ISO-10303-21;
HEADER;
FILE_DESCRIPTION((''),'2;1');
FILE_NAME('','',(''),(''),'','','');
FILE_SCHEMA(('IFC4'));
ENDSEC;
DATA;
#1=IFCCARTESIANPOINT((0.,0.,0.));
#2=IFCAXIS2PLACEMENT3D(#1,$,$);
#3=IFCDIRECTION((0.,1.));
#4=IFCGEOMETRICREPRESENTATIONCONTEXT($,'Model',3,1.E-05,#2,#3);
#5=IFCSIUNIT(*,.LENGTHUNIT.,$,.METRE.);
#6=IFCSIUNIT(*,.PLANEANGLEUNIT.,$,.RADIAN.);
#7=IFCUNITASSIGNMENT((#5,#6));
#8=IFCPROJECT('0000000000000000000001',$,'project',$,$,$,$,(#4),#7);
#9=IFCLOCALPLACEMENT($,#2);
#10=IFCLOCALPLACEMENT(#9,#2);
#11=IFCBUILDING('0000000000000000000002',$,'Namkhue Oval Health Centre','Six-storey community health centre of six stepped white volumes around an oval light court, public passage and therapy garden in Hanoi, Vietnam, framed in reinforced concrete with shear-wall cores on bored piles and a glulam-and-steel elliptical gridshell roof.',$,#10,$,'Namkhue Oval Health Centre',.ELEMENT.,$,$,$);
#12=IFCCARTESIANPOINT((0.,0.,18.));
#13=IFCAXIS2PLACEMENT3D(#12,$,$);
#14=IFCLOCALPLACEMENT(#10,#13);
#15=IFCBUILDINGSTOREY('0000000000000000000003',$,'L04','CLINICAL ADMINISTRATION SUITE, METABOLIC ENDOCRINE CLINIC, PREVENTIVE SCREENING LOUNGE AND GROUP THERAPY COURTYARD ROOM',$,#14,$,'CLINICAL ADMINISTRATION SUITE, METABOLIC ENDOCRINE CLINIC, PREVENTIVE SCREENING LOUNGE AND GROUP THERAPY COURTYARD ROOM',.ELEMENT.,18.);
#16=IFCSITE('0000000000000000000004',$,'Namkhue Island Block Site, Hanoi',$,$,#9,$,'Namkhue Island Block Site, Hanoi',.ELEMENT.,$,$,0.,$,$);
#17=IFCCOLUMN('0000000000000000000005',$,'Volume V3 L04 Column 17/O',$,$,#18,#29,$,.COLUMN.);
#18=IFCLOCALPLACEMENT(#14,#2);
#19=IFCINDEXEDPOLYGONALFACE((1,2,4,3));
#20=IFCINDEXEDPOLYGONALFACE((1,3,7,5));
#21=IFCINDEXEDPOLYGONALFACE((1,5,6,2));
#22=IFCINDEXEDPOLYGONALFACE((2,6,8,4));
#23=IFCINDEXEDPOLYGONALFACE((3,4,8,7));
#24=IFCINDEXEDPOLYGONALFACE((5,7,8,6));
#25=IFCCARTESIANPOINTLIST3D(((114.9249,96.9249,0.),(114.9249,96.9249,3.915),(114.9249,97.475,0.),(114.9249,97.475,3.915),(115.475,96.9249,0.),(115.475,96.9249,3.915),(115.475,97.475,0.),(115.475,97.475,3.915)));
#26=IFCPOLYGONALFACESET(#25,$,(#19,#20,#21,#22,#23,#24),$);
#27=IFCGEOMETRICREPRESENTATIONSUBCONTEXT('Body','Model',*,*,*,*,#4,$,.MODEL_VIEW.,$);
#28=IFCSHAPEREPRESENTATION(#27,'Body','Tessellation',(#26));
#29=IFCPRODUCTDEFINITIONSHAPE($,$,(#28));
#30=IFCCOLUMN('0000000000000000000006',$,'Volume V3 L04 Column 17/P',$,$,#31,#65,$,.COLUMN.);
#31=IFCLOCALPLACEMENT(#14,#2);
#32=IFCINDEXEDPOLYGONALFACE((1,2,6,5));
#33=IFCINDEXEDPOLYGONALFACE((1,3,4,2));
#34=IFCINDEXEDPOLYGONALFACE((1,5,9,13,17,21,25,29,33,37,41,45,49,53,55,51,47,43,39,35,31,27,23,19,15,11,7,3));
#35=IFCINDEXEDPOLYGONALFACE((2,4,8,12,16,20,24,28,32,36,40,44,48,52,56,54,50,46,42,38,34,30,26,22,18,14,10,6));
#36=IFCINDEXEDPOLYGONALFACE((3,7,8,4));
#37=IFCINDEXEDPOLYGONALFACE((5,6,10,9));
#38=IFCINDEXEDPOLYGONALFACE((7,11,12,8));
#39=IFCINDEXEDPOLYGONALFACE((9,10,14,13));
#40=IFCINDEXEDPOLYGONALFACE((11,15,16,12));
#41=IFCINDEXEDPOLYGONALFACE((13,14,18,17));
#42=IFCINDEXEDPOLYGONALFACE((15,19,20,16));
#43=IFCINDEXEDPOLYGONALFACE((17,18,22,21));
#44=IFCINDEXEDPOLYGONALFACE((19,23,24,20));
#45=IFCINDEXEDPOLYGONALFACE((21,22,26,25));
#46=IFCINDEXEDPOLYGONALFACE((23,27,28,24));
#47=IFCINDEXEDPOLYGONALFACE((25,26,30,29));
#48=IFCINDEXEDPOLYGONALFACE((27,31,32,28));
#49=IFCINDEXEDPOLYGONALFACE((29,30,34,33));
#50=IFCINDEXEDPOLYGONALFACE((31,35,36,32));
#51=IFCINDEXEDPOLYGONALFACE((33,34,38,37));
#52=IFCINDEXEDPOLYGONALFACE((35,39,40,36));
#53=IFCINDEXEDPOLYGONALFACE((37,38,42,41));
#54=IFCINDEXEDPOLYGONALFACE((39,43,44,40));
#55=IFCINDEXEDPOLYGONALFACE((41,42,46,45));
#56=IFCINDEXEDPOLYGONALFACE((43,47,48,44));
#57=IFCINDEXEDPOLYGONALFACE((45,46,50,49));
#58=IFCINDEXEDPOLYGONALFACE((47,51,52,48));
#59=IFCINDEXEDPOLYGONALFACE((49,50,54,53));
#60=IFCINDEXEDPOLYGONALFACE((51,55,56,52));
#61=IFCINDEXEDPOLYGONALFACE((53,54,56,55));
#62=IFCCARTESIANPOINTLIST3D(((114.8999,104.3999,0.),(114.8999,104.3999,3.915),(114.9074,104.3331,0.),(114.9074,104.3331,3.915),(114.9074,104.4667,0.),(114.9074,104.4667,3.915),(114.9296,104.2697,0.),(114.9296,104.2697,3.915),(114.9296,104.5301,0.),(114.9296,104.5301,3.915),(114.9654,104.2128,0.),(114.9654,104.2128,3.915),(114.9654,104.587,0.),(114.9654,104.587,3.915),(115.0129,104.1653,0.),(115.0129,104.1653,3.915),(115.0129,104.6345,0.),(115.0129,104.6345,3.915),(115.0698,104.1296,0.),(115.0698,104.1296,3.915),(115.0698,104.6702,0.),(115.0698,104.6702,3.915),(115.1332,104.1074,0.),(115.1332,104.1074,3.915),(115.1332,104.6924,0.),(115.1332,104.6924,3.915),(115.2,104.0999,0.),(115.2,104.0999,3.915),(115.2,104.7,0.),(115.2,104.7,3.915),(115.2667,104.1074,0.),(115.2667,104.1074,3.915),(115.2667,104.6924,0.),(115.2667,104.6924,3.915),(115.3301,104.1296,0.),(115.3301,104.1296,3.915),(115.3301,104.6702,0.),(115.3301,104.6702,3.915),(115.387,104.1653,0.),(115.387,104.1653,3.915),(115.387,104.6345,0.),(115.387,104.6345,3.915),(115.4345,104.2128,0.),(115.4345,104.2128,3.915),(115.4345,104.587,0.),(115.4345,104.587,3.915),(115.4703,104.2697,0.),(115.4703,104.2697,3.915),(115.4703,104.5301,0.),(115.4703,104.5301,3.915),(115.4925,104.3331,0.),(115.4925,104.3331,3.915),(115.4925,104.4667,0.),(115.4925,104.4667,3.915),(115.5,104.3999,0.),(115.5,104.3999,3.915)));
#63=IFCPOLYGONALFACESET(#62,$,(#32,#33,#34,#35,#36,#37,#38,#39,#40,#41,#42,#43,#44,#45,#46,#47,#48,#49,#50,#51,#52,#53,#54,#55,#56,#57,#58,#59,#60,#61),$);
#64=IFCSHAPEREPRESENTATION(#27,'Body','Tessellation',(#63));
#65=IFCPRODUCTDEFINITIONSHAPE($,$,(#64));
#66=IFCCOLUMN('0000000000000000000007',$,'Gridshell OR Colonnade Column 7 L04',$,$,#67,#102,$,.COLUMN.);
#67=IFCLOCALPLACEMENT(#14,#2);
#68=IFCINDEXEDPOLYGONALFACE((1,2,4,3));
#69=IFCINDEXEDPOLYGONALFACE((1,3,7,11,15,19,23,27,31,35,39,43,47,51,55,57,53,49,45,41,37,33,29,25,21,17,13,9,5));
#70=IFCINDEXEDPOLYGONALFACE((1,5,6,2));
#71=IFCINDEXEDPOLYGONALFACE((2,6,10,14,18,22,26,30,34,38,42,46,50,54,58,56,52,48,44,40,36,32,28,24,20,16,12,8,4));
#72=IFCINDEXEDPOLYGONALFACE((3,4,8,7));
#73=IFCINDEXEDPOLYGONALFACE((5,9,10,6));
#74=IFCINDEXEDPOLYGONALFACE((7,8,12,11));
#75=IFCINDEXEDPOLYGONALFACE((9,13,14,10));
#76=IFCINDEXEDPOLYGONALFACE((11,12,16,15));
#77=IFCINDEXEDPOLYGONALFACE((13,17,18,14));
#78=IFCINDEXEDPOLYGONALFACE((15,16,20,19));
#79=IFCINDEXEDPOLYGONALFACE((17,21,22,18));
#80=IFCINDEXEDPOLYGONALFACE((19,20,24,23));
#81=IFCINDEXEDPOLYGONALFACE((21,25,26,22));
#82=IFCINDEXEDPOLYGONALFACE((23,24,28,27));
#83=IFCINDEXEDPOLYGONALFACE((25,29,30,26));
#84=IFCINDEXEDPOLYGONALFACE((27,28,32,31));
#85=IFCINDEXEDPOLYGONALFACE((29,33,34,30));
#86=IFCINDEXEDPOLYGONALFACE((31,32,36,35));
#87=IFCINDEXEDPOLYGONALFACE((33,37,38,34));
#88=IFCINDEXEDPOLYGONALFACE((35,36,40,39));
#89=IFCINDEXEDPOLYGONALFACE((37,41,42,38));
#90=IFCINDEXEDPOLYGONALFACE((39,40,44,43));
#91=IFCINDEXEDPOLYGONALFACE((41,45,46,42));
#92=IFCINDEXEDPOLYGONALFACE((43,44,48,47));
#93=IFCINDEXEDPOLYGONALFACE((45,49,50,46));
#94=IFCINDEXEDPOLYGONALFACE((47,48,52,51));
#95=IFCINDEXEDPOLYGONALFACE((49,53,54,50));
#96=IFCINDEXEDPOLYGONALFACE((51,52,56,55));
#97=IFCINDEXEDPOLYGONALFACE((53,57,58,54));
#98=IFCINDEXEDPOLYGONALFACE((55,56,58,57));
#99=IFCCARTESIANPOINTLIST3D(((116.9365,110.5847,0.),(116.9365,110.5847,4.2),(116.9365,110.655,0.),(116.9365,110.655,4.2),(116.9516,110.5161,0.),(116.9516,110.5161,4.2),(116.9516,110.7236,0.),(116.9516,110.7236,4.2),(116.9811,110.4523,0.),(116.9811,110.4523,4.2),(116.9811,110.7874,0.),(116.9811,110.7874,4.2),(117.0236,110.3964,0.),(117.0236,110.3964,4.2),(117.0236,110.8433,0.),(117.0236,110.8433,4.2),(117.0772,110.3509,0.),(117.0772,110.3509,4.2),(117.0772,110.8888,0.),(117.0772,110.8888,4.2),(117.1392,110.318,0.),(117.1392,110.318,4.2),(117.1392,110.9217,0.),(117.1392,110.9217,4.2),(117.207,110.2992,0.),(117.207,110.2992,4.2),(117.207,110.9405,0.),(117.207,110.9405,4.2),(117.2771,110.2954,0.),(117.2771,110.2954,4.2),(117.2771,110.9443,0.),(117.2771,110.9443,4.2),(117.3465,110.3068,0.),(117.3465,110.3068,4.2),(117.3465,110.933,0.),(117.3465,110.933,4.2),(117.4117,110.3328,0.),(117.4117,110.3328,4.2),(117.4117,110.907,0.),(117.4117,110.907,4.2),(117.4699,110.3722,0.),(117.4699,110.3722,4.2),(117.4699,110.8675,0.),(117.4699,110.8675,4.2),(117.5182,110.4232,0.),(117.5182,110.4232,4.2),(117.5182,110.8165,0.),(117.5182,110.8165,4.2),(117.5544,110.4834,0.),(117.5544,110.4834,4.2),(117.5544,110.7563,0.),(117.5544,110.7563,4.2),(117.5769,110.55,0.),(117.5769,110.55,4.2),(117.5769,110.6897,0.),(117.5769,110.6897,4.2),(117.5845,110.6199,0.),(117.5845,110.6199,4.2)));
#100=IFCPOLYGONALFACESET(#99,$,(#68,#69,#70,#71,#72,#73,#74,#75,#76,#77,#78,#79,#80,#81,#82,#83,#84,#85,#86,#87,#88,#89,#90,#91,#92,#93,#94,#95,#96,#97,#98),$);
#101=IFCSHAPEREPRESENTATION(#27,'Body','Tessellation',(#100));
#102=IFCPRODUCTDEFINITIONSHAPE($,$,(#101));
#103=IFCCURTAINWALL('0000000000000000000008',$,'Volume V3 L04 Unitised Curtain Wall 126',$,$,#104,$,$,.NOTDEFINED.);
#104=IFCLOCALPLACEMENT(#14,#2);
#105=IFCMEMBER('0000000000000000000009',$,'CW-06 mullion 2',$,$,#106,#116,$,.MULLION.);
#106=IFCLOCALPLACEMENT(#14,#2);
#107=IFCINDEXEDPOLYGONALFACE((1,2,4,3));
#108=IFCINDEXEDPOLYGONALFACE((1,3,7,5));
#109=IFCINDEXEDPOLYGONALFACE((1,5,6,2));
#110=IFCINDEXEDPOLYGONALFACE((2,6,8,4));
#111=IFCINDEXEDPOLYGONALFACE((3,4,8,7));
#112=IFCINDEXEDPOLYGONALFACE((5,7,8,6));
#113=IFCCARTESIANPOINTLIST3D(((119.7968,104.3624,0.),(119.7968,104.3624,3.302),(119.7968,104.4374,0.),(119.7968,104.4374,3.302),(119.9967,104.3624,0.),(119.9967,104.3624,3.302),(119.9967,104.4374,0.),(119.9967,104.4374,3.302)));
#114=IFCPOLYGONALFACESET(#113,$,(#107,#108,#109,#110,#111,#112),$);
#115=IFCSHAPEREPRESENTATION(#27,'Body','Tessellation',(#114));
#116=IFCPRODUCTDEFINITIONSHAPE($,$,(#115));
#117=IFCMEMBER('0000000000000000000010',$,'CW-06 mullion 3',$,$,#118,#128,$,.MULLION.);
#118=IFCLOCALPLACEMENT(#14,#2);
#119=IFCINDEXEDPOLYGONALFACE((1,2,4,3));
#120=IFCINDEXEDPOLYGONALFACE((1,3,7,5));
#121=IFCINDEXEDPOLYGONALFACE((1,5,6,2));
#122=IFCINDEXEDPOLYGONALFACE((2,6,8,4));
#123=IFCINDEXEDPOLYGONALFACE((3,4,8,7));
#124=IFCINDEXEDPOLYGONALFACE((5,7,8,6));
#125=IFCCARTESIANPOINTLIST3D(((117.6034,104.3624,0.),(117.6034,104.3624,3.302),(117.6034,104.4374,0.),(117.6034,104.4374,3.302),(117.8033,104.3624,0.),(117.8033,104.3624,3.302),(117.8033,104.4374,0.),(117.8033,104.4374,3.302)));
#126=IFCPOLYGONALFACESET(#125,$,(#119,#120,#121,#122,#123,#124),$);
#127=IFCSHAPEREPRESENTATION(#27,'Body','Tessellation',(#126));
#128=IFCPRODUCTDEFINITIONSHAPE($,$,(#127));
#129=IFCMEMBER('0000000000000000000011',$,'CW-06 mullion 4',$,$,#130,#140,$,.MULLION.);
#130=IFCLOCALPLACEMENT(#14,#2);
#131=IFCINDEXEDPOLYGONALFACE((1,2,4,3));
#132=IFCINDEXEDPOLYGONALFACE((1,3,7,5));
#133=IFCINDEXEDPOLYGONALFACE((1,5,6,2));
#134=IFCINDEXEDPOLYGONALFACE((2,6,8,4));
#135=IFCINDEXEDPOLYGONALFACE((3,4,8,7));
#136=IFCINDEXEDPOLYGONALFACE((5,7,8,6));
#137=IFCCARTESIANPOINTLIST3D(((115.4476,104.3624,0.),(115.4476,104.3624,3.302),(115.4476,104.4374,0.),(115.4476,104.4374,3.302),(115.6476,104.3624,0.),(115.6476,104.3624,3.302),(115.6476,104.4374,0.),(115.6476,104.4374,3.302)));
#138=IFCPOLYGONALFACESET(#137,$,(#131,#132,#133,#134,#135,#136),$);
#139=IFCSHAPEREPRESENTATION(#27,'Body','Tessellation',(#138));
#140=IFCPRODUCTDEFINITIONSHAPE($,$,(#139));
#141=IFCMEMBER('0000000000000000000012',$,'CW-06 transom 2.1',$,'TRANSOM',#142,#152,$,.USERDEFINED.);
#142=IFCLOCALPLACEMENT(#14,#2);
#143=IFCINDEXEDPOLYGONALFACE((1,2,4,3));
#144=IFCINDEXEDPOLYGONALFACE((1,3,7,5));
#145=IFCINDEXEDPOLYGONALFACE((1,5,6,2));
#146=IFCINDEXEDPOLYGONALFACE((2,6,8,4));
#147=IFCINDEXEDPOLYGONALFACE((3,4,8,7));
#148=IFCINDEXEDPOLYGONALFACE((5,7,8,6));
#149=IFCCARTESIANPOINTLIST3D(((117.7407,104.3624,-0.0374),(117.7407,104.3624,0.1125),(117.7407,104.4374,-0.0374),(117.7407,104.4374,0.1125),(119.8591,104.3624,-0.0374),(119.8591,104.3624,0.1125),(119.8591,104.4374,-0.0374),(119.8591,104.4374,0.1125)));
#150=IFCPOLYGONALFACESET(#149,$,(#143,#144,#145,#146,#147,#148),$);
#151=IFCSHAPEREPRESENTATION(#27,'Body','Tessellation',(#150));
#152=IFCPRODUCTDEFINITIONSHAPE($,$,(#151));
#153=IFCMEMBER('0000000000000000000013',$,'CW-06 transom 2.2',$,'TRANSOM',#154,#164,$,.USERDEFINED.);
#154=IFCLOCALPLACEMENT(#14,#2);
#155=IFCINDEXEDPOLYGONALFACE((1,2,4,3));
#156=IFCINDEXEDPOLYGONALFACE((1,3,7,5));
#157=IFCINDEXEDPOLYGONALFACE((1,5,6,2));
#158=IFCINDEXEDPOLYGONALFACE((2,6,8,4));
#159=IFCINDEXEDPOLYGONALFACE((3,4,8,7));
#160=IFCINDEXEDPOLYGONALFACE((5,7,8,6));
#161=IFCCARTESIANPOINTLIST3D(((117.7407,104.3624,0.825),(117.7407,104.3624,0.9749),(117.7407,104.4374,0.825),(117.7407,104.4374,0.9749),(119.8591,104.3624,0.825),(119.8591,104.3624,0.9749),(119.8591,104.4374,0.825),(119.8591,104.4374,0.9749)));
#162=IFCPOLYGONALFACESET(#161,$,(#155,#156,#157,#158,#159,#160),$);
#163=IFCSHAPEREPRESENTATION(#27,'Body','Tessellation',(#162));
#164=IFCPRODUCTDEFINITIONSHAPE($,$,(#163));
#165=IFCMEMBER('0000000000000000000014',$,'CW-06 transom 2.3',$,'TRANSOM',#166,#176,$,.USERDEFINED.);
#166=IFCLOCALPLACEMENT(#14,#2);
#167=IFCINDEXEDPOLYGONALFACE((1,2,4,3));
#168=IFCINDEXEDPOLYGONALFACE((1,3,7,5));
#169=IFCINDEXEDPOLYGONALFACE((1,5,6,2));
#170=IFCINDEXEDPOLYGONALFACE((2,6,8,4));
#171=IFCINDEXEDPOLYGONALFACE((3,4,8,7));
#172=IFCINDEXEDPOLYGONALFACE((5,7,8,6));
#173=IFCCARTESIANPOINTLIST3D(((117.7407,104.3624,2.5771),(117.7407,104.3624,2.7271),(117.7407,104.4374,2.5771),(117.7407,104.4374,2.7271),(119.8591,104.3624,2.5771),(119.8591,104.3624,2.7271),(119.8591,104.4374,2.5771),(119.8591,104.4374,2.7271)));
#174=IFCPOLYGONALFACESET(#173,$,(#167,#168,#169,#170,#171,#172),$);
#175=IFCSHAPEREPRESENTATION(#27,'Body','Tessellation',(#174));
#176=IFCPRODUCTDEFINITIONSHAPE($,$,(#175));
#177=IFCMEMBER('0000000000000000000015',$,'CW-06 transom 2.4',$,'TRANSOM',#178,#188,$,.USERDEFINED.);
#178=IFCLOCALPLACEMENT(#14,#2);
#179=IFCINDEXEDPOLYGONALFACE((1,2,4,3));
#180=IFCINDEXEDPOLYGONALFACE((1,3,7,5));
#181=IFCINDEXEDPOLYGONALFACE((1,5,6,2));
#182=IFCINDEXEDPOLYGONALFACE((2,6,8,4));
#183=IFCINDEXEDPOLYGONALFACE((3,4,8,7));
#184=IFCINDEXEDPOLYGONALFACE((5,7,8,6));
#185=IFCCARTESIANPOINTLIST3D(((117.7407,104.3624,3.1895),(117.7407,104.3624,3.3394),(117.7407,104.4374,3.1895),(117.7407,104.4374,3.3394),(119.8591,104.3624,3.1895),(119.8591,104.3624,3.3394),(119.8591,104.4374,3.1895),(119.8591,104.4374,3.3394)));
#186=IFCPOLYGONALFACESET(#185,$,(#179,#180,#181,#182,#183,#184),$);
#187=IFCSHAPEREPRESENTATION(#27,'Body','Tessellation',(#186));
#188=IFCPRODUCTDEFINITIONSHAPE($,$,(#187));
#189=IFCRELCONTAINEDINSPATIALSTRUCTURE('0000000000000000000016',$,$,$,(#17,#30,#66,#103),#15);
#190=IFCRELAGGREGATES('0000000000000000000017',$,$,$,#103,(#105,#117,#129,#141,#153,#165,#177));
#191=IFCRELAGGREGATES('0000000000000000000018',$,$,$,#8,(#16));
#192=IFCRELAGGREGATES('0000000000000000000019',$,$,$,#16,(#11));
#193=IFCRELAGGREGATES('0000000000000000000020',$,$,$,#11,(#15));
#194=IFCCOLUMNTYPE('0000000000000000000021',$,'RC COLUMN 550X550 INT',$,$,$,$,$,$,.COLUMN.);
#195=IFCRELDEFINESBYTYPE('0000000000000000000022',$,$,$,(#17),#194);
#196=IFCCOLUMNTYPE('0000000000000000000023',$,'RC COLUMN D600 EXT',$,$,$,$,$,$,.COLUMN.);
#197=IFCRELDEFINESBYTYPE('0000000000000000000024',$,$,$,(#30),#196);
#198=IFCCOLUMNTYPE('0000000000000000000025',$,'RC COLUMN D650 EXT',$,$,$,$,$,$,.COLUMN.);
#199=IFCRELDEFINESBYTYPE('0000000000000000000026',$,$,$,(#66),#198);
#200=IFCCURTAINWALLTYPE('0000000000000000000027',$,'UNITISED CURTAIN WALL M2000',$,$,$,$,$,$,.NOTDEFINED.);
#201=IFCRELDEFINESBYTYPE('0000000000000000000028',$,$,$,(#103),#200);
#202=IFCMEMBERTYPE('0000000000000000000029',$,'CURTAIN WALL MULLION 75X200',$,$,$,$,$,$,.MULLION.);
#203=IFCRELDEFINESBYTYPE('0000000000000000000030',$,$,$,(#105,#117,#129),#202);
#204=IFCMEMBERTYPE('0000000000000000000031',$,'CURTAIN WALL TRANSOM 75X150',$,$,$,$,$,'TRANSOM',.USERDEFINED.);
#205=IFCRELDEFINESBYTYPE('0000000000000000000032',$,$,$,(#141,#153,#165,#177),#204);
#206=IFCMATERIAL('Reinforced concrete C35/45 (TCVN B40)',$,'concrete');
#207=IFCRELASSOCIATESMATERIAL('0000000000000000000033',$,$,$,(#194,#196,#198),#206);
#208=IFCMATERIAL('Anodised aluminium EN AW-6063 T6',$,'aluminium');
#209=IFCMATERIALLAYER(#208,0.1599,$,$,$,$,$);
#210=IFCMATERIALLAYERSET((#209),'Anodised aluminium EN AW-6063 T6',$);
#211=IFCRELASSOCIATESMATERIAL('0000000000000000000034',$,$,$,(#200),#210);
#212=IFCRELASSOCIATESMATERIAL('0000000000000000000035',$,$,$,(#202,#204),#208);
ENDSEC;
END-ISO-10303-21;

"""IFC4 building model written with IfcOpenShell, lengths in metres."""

from ifc_helpers import new_model, si_unit, direction, frame, origin, origin_2d, place, context, subcontext, project, spatial, rectangle, circle, extrude, material, layer, layer_set, material_profile, profile_set, type_object, element, aggregate, save


model = new_model("IFC4")

# Units and contexts
model_context = context("Model", 3, precision=1e-05, world=origin(), true_north=direction((0.0, 1.0)))
body_context = subcontext(model_context, "Body", "Model", "MODEL_VIEW")
ifc_project = project(units=[si_unit("LENGTHUNIT", "METRE"), si_unit("PLANEANGLEUNIT", "RADIAN")], contexts=[model_context])

# Site, building, storey
site_placement = place(None, origin())
site = spatial("IfcSite", under=ifc_project, at=site_placement, Name="Namkhue Island Block Site, Hanoi", LongName="Namkhue Island Block Site, Hanoi", CompositionType="ELEMENT", RefElevation=0.0)
building_placement = place(site_placement, origin())
building = spatial("IfcBuilding", under=site, at=building_placement, Name="Namkhue Oval Health Centre", Description="Six-storey community health centre of six stepped white volumes around an oval light court, public passage and therapy garden in Hanoi, Vietnam, framed in reinforced concrete with shear-wall cores on bored piles and a glulam-and-steel elliptical gridshell roof.", LongName="Namkhue Oval Health Centre", CompositionType="ELEMENT")
storey_placement = place(building_placement, frame((0.0, 0.0, 18.0)))
storey = spatial("IfcBuildingStorey", under=building, at=storey_placement, Name="L04", Description="CLINICAL ADMINISTRATION SUITE, METABOLIC ENDOCRINE CLINIC, PREVENTIVE SCREENING LOUNGE AND GROUP THERAPY COURTYARD ROOM", LongName="CLINICAL ADMINISTRATION SUITE, METABOLIC ENDOCRINE CLINIC, PREVENTIVE SCREENING LOUNGE AND GROUP THERAPY COURTYARD ROOM", CompositionType="ELEMENT", Elevation=18.0)

# Columns
ifc_material_1 = material(Name="Reinforced concrete C35/45 (TCVN B40)", Category="concrete")
ifc_material_profile_1 = material_profile(ifc_material_1, rectangle(XDim=0.55, YDim=0.55, at=origin_2d()), Name="RC 550x550")
ifc_profile_set_1 = profile_set([ifc_material_profile_1], Name="Reinforced concrete C35/45 (TCVN B40)")
column_type_1 = type_object("IfcColumnType", Name="RC COLUMN 550X550 INT", PredefinedType="COLUMN", material=ifc_profile_set_1)
column_1_placement = place(storey_placement, frame((115.2, 97.2, 0.0), z_axis=(0.0, 0.0, 1.0), x_axis=(1.0, 0.0, 0.0)))
element("IfcColumn", 1, at=column_1_placement, inside=storey, type_object=column_type_1, Name="Volume V3 L04 Column 17/O", PredefinedType="COLUMN", context=body_context, shape_type="SweptSolid", body=[
    extrude(rectangle(XDim=0.55, YDim=0.55, at=origin_2d()), origin(), (0.0, 0.0, 1.0), 3.915),
])
ifc_material_profile_2 = material_profile(ifc_material_1, circle(Radius=0.3, at=origin_2d()), Name="RC D600")
ifc_profile_set_2 = profile_set([ifc_material_profile_2], Name="Reinforced concrete C35/45 (TCVN B40)")
column_type_2 = type_object("IfcColumnType", Name="RC COLUMN D600 EXT", PredefinedType="COLUMN", material=ifc_profile_set_2)
column_2_placement = place(storey_placement, frame((115.2, 104.3999, 0.0), z_axis=(0.0, 0.0, 1.0), x_axis=(1.0, 0.0, 0.0)))
element("IfcColumn", 2, at=column_2_placement, inside=storey, type_object=column_type_2, Name="Volume V3 L04 Column 17/P", PredefinedType="COLUMN", context=body_context, shape_type="SweptSolid", body=[
    extrude(circle(Radius=0.3, at=origin_2d()), origin(), (0.0, 0.0, 1.0), 3.915),
])
ifc_material_profile_3 = material_profile(ifc_material_1, circle(Radius=0.325, at=origin_2d()), Name="RC D650")
ifc_profile_set_3 = profile_set([ifc_material_profile_3], Name="Reinforced concrete C35/45 (TCVN B40)")
column_type_3 = type_object("IfcColumnType", Name="RC COLUMN D650 EXT", PredefinedType="COLUMN", material=ifc_profile_set_3)
column_3_placement = place(storey_placement, frame((117.2595, 110.6199, 0.0), z_axis=(0.0, 0.0, 1.0), x_axis=(1.0, 0.0, 0.0)))
element("IfcColumn", 3, at=column_3_placement, inside=storey, type_object=column_type_3, Name="Gridshell OR Colonnade Column 7 L04", PredefinedType="COLUMN", context=body_context, shape_type="SweptSolid", body=[
    extrude(circle(Radius=0.325, at=origin_2d()), origin(), (0.0, 0.0, 1.0), 4.2),
])

# Curtain wall, members
ifc_material_2 = material(Name="Anodised aluminium EN AW-6063 T6", Category="aluminium")
ifc_layer_1 = layer(ifc_material_2, 0.1599)
ifc_layer_set_1 = layer_set([ifc_layer_1], Name="Anodised aluminium EN AW-6063 T6")
curtain_wall_type = type_object("IfcCurtainWallType", Name="UNITISED CURTAIN WALL M2000", PredefinedType="NOTDEFINED", material=ifc_layer_set_1)
curtain_wall_placement = place(storey_placement, origin())
curtain_wall = element("IfcCurtainWall", 4, at=curtain_wall_placement, inside=storey, type_object=curtain_wall_type, Name="Volume V3 L04 Unitised Curtain Wall 126", PredefinedType="NOTDEFINED")
ifc_material_profile_4 = material_profile(ifc_material_2, rectangle(XDim=0.075, YDim=0.2, at=origin_2d()), Name="ALU 75x200")
ifc_profile_set_4 = profile_set([ifc_material_profile_4], Name="Anodised aluminium EN AW-6063 T6")
member_type_1 = type_object("IfcMemberType", Name="CURTAIN WALL MULLION 75X200", PredefinedType="MULLION", material=ifc_profile_set_4)
member_1_placement = place(storey_placement, frame((119.8967, 104.3999, 0.0), z_axis=(0.0, 0.0, 1.0), x_axis=(0.0, -1.0, 0.0)))
member_1 = element("IfcMember", 5, at=member_1_placement, type_object=member_type_1, Name="CW-06 mullion 2", PredefinedType="MULLION", context=body_context, shape_type="SweptSolid", body=[
    extrude(rectangle(XDim=0.075, YDim=0.2, at=origin_2d()), origin(), (0.0, 0.0, 1.0), 3.302),
])
member_2_placement = place(storey_placement, frame((117.7034, 104.3999, 0.0), z_axis=(0.0, 0.0, 1.0), x_axis=(0.0, -1.0, 0.0)))
member_2 = element("IfcMember", 6, at=member_2_placement, type_object=member_type_1, Name="CW-06 mullion 3", PredefinedType="MULLION", context=body_context, shape_type="SweptSolid", body=[
    extrude(rectangle(XDim=0.075, YDim=0.2, at=origin_2d()), origin(), (0.0, 0.0, 1.0), 3.302),
])
member_3_placement = place(storey_placement, frame((115.5476, 104.3999, 0.0), z_axis=(0.0, 0.0, 1.0), x_axis=(0.0, -1.0, 0.0)))
member_3 = element("IfcMember", 7, at=member_3_placement, type_object=member_type_1, Name="CW-06 mullion 4", PredefinedType="MULLION", context=body_context, shape_type="SweptSolid", body=[
    extrude(rectangle(XDim=0.075, YDim=0.2, at=origin_2d()), origin(), (0.0, 0.0, 1.0), 3.302),
])
ifc_material_profile_5 = material_profile(ifc_material_2, rectangle(XDim=0.075, YDim=0.1499, at=origin_2d()), Name="ALU 75x150")
ifc_profile_set_5 = profile_set([ifc_material_profile_5], Name="Anodised aluminium EN AW-6063 T6")
member_type_2 = type_object("IfcMemberType", Name="CURTAIN WALL TRANSOM 75X150", ElementType="TRANSOM", PredefinedType="USERDEFINED", material=ifc_profile_set_5)
member_4_placement = place(storey_placement, frame((119.8591, 104.3999, 0.0376), z_axis=(-1.0, 0.0, 0.0), x_axis=(0.0, -1.0, 0.0)))
member_4 = element("IfcMember", 8, at=member_4_placement, type_object=member_type_2, Name="CW-06 transom 2.1", ObjectType="TRANSOM", PredefinedType="USERDEFINED", context=body_context, shape_type="SweptSolid", body=[
    extrude(rectangle(XDim=0.075, YDim=0.1499, at=origin_2d()), origin(), (0.0, 0.0, 1.0), 2.1184),
])
member_5_placement = place(storey_placement, frame((119.8591, 104.3999, 0.8999), z_axis=(-1.0, 0.0, 0.0), x_axis=(0.0, -1.0, 0.0)))
member_5 = element("IfcMember", 9, at=member_5_placement, type_object=member_type_2, Name="CW-06 transom 2.2", ObjectType="TRANSOM", PredefinedType="USERDEFINED", context=body_context, shape_type="SweptSolid", body=[
    extrude(rectangle(XDim=0.075, YDim=0.1499, at=origin_2d()), origin(), (0.0, 0.0, 1.0), 2.1184),
])
member_6_placement = place(storey_placement, frame((119.8591, 104.3999, 2.6521), z_axis=(-1.0, 0.0, 0.0), x_axis=(0.0, -1.0, 0.0)))
member_6 = element("IfcMember", 10, at=member_6_placement, type_object=member_type_2, Name="CW-06 transom 2.3", ObjectType="TRANSOM", PredefinedType="USERDEFINED", context=body_context, shape_type="SweptSolid", body=[
    extrude(rectangle(XDim=0.075, YDim=0.1499, at=origin_2d()), origin(), (0.0, 0.0, 1.0), 2.1184),
])
member_7_placement = place(storey_placement, frame((119.8591, 104.3999, 3.2644), z_axis=(-1.0, 0.0, 0.0), x_axis=(0.0, -1.0, 0.0)))
member_7 = element("IfcMember", 11, at=member_7_placement, type_object=member_type_2, Name="CW-06 transom 2.4", ObjectType="TRANSOM", PredefinedType="USERDEFINED", context=body_context, shape_type="SweptSolid", body=[
    extrude(rectangle(XDim=0.075, YDim=0.1499, at=origin_2d()), origin(), (0.0, 0.0, 1.0), 2.1184),
])

aggregate(curtain_wall, [member_1, member_2, member_3, member_4, member_5, member_6, member_7])

save(model, "model.ifc")
